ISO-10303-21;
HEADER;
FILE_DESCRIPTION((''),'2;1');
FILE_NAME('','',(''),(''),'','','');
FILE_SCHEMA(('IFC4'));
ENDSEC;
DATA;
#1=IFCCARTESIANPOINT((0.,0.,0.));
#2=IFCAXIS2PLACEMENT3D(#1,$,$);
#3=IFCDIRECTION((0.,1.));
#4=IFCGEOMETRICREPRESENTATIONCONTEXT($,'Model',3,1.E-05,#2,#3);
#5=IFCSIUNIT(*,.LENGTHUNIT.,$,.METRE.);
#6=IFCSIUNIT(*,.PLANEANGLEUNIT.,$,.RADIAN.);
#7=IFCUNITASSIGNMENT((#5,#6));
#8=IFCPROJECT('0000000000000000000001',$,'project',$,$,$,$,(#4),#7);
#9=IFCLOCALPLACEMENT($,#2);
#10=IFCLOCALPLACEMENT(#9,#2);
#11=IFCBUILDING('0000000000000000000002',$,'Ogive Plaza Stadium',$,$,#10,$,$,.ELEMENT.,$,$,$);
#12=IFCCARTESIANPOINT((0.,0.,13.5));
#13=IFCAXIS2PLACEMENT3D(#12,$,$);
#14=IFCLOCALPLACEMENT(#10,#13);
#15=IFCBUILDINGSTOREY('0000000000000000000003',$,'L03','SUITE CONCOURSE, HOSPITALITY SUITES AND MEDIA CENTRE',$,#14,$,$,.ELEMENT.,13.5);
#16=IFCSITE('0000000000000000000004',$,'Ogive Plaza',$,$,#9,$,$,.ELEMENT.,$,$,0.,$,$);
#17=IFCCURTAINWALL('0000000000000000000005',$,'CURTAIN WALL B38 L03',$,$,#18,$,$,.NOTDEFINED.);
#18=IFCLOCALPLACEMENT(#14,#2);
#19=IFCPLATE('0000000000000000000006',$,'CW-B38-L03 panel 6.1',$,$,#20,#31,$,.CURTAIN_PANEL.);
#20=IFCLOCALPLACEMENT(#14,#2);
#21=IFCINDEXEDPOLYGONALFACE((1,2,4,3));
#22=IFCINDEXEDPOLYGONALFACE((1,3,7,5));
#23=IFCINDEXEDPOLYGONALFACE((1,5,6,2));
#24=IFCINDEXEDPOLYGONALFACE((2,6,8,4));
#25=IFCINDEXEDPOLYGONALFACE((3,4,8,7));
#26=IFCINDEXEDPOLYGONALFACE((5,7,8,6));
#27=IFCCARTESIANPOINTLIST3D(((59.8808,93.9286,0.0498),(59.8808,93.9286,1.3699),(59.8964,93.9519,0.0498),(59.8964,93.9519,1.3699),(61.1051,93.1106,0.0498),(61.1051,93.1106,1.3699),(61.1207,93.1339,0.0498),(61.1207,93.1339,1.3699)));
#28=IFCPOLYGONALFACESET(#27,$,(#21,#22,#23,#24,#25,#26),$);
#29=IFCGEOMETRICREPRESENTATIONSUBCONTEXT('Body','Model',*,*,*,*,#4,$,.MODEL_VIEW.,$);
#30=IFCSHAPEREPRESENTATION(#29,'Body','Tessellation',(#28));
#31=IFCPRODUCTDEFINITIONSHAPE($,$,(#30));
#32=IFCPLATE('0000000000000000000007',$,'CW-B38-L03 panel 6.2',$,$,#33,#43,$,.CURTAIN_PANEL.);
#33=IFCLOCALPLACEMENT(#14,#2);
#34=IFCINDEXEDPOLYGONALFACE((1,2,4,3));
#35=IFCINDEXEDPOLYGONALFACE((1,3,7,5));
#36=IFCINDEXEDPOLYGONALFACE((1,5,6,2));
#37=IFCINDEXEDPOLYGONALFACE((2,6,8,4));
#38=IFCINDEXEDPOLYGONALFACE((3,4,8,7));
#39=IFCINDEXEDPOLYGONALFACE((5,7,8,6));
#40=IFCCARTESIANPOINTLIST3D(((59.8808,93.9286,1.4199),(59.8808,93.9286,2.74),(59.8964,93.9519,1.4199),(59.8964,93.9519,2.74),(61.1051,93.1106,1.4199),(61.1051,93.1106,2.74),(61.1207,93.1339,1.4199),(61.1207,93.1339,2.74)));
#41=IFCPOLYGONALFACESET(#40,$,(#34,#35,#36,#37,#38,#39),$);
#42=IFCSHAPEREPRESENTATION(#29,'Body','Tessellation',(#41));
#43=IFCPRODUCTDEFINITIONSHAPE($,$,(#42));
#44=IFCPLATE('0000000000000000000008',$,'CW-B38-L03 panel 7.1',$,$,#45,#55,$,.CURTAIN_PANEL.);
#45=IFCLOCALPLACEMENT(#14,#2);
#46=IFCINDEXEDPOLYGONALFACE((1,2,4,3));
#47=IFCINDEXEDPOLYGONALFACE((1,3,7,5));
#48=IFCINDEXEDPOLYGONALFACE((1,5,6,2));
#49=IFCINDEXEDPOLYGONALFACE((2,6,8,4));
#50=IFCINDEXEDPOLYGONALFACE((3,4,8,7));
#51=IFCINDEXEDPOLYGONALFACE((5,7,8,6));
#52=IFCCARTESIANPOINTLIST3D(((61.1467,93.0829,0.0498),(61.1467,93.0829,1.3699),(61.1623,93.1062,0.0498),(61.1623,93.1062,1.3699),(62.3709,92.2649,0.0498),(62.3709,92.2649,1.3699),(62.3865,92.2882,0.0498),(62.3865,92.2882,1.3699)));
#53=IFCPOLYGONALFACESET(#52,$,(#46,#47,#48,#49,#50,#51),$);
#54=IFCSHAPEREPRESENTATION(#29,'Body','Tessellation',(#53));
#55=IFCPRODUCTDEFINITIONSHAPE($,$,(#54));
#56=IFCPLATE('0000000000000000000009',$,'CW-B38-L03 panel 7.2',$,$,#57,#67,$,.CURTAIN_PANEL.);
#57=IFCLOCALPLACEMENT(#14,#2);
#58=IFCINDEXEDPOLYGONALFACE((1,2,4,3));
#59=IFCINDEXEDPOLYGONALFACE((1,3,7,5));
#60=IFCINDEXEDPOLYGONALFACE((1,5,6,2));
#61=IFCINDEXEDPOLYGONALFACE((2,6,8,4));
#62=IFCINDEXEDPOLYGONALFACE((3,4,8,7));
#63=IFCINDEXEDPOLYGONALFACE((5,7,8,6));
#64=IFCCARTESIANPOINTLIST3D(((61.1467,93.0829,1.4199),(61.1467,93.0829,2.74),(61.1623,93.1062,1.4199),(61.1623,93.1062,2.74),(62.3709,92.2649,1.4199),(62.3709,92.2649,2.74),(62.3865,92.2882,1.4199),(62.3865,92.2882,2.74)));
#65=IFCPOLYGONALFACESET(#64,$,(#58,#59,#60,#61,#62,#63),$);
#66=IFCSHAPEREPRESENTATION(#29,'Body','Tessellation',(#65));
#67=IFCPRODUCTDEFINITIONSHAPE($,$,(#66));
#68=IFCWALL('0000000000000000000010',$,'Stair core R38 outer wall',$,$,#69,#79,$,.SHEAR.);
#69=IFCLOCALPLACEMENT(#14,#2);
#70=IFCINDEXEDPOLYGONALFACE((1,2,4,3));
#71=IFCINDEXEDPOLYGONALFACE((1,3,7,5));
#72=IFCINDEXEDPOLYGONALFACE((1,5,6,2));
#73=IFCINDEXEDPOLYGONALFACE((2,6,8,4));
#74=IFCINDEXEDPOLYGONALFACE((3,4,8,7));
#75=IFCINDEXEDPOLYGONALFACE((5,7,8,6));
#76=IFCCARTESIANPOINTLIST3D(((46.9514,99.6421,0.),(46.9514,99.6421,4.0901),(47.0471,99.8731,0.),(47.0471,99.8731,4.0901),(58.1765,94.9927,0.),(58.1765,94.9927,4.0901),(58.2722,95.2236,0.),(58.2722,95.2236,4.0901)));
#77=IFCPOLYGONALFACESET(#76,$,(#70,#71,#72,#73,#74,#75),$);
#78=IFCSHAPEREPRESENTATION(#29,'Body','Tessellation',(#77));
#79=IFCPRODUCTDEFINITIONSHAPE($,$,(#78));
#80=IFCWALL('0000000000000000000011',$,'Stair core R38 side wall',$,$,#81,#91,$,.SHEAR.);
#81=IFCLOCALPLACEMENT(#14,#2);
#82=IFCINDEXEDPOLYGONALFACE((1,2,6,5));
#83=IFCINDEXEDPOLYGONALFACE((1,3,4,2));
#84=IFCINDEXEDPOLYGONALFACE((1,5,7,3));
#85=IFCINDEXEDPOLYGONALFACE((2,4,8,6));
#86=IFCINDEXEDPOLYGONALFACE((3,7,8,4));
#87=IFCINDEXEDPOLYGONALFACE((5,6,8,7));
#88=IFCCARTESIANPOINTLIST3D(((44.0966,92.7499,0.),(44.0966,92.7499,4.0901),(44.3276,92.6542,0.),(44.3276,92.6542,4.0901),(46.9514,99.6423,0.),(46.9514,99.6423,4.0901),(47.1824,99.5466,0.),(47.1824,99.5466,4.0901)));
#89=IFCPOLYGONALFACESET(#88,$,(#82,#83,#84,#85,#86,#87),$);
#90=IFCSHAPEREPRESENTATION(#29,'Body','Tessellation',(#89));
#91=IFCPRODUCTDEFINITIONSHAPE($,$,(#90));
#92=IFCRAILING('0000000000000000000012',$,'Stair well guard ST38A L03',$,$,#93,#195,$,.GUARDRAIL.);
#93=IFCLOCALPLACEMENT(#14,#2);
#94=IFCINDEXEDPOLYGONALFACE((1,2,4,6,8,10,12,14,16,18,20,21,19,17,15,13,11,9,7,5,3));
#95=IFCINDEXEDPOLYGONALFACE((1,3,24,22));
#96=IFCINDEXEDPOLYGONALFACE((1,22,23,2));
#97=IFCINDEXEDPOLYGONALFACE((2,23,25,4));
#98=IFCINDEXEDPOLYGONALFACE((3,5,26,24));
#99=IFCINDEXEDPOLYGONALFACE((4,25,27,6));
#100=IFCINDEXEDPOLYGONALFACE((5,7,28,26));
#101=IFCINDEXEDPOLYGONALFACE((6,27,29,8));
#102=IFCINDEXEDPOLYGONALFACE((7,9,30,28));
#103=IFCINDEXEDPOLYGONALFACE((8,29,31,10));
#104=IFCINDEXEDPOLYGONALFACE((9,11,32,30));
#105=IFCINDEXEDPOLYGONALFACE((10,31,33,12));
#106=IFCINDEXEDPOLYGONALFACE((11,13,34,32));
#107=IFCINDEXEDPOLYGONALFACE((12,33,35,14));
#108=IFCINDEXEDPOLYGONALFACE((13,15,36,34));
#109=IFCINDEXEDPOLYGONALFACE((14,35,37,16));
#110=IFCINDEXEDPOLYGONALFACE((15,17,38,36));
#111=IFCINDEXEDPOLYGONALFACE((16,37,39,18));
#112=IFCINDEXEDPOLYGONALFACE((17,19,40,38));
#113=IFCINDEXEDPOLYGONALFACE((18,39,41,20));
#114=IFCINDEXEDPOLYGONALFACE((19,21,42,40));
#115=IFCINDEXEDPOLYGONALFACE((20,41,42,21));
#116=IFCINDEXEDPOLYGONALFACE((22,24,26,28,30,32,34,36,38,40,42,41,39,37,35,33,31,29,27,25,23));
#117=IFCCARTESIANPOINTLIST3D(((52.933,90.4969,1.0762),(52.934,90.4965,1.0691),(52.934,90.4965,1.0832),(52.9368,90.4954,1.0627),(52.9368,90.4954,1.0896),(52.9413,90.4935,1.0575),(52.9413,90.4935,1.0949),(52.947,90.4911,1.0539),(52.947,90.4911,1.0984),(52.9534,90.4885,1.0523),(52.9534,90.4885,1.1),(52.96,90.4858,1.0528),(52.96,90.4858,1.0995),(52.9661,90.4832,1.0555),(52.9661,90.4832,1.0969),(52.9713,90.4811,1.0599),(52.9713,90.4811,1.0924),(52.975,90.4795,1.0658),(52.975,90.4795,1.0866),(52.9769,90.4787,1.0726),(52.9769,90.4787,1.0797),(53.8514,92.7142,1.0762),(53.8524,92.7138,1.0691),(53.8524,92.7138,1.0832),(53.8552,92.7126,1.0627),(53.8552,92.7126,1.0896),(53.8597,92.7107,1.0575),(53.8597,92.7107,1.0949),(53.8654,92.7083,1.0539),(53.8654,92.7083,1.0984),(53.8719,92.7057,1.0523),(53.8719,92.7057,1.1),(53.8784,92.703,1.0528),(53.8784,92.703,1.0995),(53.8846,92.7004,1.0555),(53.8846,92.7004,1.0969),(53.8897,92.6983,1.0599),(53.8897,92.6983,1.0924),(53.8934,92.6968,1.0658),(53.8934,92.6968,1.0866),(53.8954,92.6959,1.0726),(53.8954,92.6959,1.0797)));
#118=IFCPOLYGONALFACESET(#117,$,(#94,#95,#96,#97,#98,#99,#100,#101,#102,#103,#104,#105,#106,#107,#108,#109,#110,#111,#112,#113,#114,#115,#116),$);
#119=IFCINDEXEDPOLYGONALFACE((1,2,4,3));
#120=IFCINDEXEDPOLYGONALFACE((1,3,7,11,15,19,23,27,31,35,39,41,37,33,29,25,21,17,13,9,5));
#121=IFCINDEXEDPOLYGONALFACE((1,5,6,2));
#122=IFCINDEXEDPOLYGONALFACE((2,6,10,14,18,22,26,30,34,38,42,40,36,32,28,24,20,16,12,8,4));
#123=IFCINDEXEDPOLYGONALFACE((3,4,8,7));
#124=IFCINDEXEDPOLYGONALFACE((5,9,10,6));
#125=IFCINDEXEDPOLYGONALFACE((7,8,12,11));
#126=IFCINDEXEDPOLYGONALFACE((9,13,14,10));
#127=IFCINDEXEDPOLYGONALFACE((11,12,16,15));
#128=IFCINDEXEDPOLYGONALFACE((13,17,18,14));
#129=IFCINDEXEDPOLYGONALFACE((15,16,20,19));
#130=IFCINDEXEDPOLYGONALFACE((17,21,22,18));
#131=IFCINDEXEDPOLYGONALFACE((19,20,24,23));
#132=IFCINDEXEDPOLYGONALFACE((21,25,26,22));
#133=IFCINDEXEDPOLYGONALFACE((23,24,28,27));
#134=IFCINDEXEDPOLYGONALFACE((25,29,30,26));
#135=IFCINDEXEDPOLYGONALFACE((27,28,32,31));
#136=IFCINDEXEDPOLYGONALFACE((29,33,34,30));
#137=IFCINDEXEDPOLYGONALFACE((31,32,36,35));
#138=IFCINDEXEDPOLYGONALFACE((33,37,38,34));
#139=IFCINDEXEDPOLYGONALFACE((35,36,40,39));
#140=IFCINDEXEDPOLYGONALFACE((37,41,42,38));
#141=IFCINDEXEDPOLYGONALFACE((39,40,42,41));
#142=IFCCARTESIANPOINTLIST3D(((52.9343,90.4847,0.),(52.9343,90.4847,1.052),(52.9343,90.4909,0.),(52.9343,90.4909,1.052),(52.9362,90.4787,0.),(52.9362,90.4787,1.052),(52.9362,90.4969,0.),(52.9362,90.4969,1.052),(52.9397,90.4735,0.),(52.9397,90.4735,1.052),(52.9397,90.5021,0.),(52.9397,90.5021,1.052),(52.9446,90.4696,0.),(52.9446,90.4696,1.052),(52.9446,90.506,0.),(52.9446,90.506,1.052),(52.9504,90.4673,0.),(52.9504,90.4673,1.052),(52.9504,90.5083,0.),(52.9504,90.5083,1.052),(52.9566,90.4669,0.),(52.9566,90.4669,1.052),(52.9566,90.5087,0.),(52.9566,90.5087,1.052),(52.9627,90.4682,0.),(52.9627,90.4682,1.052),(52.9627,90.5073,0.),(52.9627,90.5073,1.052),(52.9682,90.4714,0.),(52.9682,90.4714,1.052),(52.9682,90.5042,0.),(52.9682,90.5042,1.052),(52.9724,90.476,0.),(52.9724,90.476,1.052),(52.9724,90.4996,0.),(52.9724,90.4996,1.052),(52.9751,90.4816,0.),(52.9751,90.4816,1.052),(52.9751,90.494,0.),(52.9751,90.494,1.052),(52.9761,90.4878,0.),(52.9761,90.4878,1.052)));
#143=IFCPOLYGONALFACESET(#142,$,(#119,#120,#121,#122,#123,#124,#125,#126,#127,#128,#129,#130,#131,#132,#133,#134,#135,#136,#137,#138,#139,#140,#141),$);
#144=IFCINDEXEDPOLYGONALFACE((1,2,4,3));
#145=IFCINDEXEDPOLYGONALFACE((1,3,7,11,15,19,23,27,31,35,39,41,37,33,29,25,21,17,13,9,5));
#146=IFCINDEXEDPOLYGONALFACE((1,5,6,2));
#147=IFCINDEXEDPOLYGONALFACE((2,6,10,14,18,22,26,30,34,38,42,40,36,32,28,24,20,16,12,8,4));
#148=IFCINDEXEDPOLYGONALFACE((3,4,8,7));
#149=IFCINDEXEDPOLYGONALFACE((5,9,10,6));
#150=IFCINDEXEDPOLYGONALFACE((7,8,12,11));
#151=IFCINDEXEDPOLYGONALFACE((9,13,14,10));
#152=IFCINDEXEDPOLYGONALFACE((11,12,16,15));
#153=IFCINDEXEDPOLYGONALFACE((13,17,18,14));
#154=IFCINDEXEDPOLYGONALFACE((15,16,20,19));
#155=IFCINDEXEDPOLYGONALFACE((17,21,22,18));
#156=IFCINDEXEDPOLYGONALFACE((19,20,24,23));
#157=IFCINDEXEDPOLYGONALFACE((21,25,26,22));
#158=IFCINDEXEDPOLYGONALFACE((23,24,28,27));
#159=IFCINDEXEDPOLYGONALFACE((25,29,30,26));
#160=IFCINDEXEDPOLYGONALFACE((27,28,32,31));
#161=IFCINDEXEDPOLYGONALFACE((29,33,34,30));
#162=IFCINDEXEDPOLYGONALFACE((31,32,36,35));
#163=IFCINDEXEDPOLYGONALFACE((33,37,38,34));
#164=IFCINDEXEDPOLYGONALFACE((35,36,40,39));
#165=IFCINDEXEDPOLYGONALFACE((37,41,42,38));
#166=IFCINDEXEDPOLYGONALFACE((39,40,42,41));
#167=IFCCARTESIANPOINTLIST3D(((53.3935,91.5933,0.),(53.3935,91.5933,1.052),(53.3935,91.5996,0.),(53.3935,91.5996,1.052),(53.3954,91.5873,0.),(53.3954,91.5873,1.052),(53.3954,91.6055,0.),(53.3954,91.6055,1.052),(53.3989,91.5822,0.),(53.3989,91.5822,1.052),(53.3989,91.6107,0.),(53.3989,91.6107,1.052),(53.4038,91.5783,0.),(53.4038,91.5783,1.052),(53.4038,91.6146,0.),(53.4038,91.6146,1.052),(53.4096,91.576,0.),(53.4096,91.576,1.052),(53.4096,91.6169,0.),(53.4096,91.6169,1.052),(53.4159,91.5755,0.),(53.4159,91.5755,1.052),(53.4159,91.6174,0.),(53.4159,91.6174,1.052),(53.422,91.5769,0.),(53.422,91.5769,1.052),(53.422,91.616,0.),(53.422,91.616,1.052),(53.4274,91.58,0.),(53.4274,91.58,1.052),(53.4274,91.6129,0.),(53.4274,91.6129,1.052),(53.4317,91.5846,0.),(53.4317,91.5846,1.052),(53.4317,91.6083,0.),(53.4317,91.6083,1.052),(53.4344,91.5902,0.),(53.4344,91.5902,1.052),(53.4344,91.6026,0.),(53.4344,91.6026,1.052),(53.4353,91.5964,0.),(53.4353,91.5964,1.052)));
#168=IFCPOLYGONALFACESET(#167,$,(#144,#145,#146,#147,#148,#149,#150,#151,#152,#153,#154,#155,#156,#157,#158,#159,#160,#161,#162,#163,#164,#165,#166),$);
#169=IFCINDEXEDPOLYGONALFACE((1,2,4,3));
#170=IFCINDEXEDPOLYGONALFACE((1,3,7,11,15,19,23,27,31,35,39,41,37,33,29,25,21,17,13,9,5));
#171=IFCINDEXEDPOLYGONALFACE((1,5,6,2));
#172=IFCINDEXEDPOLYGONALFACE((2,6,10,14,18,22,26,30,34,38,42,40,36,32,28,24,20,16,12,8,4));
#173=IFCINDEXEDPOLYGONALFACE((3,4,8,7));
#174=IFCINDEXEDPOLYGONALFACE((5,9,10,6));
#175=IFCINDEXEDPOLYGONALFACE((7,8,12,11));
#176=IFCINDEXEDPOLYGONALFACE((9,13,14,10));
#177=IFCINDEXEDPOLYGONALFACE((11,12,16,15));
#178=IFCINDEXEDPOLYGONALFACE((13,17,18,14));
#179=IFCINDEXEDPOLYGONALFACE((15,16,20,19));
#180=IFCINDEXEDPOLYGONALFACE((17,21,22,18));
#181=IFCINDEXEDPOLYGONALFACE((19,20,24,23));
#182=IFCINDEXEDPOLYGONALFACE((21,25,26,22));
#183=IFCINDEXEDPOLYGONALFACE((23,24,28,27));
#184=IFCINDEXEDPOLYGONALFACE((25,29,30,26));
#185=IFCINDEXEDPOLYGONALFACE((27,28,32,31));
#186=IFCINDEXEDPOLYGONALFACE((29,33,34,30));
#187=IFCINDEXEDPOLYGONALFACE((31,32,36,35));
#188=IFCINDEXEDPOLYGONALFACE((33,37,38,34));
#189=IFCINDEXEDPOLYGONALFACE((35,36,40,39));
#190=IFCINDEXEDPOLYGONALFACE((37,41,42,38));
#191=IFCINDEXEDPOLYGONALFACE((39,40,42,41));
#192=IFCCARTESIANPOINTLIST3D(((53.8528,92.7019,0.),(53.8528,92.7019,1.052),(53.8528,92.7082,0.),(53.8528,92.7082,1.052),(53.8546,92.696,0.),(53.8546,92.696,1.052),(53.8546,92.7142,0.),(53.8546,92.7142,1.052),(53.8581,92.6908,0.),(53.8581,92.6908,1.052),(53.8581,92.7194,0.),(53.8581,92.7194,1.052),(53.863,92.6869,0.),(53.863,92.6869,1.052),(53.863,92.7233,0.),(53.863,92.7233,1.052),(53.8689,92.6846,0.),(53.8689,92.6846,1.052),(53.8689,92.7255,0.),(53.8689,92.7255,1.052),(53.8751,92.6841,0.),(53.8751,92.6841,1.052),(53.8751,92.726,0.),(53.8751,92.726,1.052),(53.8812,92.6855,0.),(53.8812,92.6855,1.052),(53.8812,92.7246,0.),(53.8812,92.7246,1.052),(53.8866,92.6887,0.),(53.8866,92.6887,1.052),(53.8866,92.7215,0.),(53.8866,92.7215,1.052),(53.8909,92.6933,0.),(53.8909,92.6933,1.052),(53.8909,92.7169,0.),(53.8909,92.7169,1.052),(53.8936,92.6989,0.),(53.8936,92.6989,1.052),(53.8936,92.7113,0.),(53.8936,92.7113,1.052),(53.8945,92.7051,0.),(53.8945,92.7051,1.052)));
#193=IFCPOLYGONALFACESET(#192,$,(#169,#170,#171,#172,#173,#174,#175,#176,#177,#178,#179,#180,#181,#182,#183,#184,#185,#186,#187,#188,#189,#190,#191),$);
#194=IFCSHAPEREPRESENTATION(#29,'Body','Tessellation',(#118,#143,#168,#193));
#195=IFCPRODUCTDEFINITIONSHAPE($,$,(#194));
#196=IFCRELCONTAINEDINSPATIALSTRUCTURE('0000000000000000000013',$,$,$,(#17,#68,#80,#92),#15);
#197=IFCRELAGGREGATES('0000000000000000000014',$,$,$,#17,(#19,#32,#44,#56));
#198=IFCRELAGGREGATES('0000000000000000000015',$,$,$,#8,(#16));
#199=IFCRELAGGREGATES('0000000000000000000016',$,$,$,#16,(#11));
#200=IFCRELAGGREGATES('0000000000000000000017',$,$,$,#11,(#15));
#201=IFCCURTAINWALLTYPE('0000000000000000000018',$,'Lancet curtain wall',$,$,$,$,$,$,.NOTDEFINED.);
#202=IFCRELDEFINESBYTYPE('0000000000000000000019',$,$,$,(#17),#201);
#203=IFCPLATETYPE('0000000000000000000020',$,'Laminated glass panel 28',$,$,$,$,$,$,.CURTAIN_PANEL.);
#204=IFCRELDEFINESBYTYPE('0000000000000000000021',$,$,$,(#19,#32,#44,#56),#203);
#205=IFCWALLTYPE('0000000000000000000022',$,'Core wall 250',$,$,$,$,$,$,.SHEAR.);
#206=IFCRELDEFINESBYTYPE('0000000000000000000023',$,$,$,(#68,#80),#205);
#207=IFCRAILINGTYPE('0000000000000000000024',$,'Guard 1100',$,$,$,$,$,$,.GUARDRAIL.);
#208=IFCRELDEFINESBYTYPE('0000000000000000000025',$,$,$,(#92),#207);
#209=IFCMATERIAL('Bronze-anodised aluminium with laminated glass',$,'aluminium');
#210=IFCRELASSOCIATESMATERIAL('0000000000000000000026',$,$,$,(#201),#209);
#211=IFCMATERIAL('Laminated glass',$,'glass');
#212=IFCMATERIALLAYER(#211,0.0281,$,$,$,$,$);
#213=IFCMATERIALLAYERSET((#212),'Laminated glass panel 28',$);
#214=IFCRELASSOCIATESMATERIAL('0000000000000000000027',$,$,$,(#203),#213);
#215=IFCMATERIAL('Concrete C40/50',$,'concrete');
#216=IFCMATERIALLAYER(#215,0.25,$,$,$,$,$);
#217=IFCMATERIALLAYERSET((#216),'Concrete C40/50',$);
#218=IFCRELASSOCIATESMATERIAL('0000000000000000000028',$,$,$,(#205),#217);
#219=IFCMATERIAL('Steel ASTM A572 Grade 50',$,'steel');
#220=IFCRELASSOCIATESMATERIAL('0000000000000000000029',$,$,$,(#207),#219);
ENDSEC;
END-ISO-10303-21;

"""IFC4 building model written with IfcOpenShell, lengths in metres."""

from ifc_helpers import new_model, si_unit, direction, frame, frame_2d, origin, origin_2d, place, context, subcontext, project, spatial, rectangle, circle, extrude, material, layer, layer_set, type_object, element, aggregate, save


model = new_model("IFC4")

# Units and contexts
model_context = context("Model", 3, precision=1e-05, world=origin(), true_north=direction((0.0, 1.0)))
body_context = subcontext(model_context, "Body", "Model", "MODEL_VIEW")
ifc_project = project(units=[si_unit("LENGTHUNIT", "METRE"), si_unit("PLANEANGLEUNIT", "RADIAN")], contexts=[model_context])

# Site, building, storey
site_placement = place(None, origin())
site = spatial("IfcSite", under=ifc_project, at=site_placement, Name="Ogive Plaza", CompositionType="ELEMENT", RefElevation=0.0)
building_placement = place(site_placement, origin())
building = spatial("IfcBuilding", under=site, at=building_placement, Name="Ogive Plaza Stadium", CompositionType="ELEMENT")
storey_placement = place(building_placement, frame((0.0, 0.0, 13.5)))
storey = spatial("IfcBuildingStorey", under=building, at=storey_placement, Name="L03", Description="SUITE CONCOURSE, HOSPITALITY SUITES AND MEDIA CENTRE", CompositionType="ELEMENT", Elevation=13.5)

# Curtain wall, plates
ifc_material_1 = material(Name="Bronze-anodised aluminium with laminated glass", Category="aluminium")
curtain_wall_type = type_object("IfcCurtainWallType", Name="Lancet curtain wall", PredefinedType="NOTDEFINED", material=ifc_material_1)
curtain_wall_placement = place(storey_placement, origin())
curtain_wall = element("IfcCurtainWall", 1, at=curtain_wall_placement, inside=storey, type_object=curtain_wall_type, Name="CURTAIN WALL B38 L03", PredefinedType="NOTDEFINED")
ifc_material_2 = material(Name="Laminated glass", Category="glass")
ifc_layer_1 = layer(ifc_material_2, 0.0281)
ifc_layer_set_1 = layer_set([ifc_layer_1], Name="Laminated glass panel 28")
plate_type = type_object("IfcPlateType", Name="Laminated glass panel 28", PredefinedType="CURTAIN_PANEL", material=ifc_layer_set_1)
plate_1_placement = place(storey_placement, frame((60.5007, 93.5312, 0.0498), z_axis=(0.0, 0.0, 1.0), x_axis=(0.83147, -0.55557, 0.0)))
plate_1 = element("IfcPlate", 2, at=plate_1_placement, type_object=plate_type, Name="CW-B38-L03 panel 6.1", PredefinedType="CURTAIN_PANEL", context=body_context, shape_type="SweptSolid", body=[
    extrude(rectangle(XDim=1.4724, YDim=0.0281, at=origin_2d()), origin(), (0.0, 0.0, 1.0), 1.3201),
])
plate_2_placement = place(storey_placement, frame((60.5007, 93.5312, 1.4199), z_axis=(0.0, 0.0, 1.0), x_axis=(0.83147, -0.55557, 0.0)))
plate_2 = element("IfcPlate", 3, at=plate_2_placement, type_object=plate_type, Name="CW-B38-L03 panel 6.2", PredefinedType="CURTAIN_PANEL", context=body_context, shape_type="SweptSolid", body=[
    extrude(rectangle(XDim=1.4724, YDim=0.0281, at=origin_2d()), origin(), (0.0, 0.0, 1.0), 1.3201),
])
plate_3_placement = place(storey_placement, frame((61.7666, 92.6855, 0.0498), z_axis=(0.0, 0.0, 1.0), x_axis=(0.83147, -0.55557, 0.0)))
plate_3 = element("IfcPlate", 4, at=plate_3_placement, type_object=plate_type, Name="CW-B38-L03 panel 7.1", PredefinedType="CURTAIN_PANEL", context=body_context, shape_type="SweptSolid", body=[
    extrude(rectangle(XDim=1.4724, YDim=0.0281, at=origin_2d()), origin(), (0.0, 0.0, 1.0), 1.3201),
])
plate_4_placement = place(storey_placement, frame((61.7666, 92.6855, 1.4199), z_axis=(0.0, 0.0, 1.0), x_axis=(0.83147, -0.55557, 0.0)))
plate_4 = element("IfcPlate", 5, at=plate_4_placement, type_object=plate_type, Name="CW-B38-L03 panel 7.2", PredefinedType="CURTAIN_PANEL", context=body_context, shape_type="SweptSolid", body=[
    extrude(rectangle(XDim=1.4724, YDim=0.0281, at=origin_2d()), origin(), (0.0, 0.0, 1.0), 1.3201),
])
aggregate(curtain_wall, [plate_1, plate_2, plate_3, plate_4])

# Walls
ifc_material_3 = material(Name="Concrete C40/50", Category="concrete")
ifc_layer_2 = layer(ifc_material_3, 0.25)
ifc_layer_set_2 = layer_set([ifc_layer_2], Name="Concrete C40/50")
wall_type = type_object("IfcWallType", Name="Core wall 250", PredefinedType="SHEAR", material=ifc_layer_set_2)
wall_1_placement = place(storey_placement, frame((58.2244, 95.1082, 0.0), z_axis=(0.0, 0.0, 1.0), x_axis=(-0.923885, 0.382671, 0.0)))
element("IfcWall", 6, at=wall_1_placement, inside=storey, type_object=wall_type, Name="Stair core R38 outer wall", PredefinedType="SHEAR", context=body_context, shape_type="SweptSolid", body=[
    extrude(rectangle(XDim=12.1499, YDim=0.25, at=frame_2d((6.075, 0.0))), origin(), (0.0, 0.0, 1.0), 4.0901),
])
wall_2_placement = place(storey_placement, frame((44.2122, 92.7021, 0.0), z_axis=(0.0, 0.0, 1.0), x_axis=(0.382665, 0.923887, 0.0)))
element("IfcWall", 7, at=wall_2_placement, inside=storey, type_object=wall_type, Name="Stair core R38 side wall", PredefinedType="SHEAR", context=body_context, shape_type="SweptSolid", body=[
    extrude(rectangle(XDim=7.4602, YDim=0.25, at=frame_2d((3.73, 0.0))), origin(), (0.0, 0.0, 1.0), 4.0901),
])

# Railing
ifc_material_4 = material(Name="Steel ASTM A572 Grade 50", Category="steel")
railing_type_1 = type_object("IfcRailingType", Name="Guard 1100", PredefinedType="GUARDRAIL", material=ifc_material_4)
for number, where, name in (
    (8, (52.9551, 90.4878, 0.0), "Stair well guard ST38A L03"),
):
    element("IfcRailing", number, at=place(storey_placement, frame(where)), inside=storey, type_object=railing_type_1, Name=name, PredefinedType="GUARDRAIL", context=body_context, shape_type="SweptSolid", body=[
        extrude(circle(Radius=0.0239, at=origin_2d()), frame((0.0, 0.0, 1.0762), z_axis=(0.382693, 0.923875, 0.0), x_axis=(-0.923875, 0.382693, 0.0)), (0.0, 0.0, 1.0), 2.3999),
        extrude(circle(Radius=0.021, at=origin_2d()), origin(), (0.0, 0.0, 1.0), 1.052),
        extrude(circle(Radius=0.021, at=origin_2d()), frame((0.4592, 1.1086, 0.0)), (0.0, 0.0, 1.0), 1.052),
        extrude(circle(Radius=0.021, at=origin_2d()), frame((0.9185, 2.2173, 0.0)), (0.0, 0.0, 1.0), 1.052),
    ])

save(model, "model.ifc")
